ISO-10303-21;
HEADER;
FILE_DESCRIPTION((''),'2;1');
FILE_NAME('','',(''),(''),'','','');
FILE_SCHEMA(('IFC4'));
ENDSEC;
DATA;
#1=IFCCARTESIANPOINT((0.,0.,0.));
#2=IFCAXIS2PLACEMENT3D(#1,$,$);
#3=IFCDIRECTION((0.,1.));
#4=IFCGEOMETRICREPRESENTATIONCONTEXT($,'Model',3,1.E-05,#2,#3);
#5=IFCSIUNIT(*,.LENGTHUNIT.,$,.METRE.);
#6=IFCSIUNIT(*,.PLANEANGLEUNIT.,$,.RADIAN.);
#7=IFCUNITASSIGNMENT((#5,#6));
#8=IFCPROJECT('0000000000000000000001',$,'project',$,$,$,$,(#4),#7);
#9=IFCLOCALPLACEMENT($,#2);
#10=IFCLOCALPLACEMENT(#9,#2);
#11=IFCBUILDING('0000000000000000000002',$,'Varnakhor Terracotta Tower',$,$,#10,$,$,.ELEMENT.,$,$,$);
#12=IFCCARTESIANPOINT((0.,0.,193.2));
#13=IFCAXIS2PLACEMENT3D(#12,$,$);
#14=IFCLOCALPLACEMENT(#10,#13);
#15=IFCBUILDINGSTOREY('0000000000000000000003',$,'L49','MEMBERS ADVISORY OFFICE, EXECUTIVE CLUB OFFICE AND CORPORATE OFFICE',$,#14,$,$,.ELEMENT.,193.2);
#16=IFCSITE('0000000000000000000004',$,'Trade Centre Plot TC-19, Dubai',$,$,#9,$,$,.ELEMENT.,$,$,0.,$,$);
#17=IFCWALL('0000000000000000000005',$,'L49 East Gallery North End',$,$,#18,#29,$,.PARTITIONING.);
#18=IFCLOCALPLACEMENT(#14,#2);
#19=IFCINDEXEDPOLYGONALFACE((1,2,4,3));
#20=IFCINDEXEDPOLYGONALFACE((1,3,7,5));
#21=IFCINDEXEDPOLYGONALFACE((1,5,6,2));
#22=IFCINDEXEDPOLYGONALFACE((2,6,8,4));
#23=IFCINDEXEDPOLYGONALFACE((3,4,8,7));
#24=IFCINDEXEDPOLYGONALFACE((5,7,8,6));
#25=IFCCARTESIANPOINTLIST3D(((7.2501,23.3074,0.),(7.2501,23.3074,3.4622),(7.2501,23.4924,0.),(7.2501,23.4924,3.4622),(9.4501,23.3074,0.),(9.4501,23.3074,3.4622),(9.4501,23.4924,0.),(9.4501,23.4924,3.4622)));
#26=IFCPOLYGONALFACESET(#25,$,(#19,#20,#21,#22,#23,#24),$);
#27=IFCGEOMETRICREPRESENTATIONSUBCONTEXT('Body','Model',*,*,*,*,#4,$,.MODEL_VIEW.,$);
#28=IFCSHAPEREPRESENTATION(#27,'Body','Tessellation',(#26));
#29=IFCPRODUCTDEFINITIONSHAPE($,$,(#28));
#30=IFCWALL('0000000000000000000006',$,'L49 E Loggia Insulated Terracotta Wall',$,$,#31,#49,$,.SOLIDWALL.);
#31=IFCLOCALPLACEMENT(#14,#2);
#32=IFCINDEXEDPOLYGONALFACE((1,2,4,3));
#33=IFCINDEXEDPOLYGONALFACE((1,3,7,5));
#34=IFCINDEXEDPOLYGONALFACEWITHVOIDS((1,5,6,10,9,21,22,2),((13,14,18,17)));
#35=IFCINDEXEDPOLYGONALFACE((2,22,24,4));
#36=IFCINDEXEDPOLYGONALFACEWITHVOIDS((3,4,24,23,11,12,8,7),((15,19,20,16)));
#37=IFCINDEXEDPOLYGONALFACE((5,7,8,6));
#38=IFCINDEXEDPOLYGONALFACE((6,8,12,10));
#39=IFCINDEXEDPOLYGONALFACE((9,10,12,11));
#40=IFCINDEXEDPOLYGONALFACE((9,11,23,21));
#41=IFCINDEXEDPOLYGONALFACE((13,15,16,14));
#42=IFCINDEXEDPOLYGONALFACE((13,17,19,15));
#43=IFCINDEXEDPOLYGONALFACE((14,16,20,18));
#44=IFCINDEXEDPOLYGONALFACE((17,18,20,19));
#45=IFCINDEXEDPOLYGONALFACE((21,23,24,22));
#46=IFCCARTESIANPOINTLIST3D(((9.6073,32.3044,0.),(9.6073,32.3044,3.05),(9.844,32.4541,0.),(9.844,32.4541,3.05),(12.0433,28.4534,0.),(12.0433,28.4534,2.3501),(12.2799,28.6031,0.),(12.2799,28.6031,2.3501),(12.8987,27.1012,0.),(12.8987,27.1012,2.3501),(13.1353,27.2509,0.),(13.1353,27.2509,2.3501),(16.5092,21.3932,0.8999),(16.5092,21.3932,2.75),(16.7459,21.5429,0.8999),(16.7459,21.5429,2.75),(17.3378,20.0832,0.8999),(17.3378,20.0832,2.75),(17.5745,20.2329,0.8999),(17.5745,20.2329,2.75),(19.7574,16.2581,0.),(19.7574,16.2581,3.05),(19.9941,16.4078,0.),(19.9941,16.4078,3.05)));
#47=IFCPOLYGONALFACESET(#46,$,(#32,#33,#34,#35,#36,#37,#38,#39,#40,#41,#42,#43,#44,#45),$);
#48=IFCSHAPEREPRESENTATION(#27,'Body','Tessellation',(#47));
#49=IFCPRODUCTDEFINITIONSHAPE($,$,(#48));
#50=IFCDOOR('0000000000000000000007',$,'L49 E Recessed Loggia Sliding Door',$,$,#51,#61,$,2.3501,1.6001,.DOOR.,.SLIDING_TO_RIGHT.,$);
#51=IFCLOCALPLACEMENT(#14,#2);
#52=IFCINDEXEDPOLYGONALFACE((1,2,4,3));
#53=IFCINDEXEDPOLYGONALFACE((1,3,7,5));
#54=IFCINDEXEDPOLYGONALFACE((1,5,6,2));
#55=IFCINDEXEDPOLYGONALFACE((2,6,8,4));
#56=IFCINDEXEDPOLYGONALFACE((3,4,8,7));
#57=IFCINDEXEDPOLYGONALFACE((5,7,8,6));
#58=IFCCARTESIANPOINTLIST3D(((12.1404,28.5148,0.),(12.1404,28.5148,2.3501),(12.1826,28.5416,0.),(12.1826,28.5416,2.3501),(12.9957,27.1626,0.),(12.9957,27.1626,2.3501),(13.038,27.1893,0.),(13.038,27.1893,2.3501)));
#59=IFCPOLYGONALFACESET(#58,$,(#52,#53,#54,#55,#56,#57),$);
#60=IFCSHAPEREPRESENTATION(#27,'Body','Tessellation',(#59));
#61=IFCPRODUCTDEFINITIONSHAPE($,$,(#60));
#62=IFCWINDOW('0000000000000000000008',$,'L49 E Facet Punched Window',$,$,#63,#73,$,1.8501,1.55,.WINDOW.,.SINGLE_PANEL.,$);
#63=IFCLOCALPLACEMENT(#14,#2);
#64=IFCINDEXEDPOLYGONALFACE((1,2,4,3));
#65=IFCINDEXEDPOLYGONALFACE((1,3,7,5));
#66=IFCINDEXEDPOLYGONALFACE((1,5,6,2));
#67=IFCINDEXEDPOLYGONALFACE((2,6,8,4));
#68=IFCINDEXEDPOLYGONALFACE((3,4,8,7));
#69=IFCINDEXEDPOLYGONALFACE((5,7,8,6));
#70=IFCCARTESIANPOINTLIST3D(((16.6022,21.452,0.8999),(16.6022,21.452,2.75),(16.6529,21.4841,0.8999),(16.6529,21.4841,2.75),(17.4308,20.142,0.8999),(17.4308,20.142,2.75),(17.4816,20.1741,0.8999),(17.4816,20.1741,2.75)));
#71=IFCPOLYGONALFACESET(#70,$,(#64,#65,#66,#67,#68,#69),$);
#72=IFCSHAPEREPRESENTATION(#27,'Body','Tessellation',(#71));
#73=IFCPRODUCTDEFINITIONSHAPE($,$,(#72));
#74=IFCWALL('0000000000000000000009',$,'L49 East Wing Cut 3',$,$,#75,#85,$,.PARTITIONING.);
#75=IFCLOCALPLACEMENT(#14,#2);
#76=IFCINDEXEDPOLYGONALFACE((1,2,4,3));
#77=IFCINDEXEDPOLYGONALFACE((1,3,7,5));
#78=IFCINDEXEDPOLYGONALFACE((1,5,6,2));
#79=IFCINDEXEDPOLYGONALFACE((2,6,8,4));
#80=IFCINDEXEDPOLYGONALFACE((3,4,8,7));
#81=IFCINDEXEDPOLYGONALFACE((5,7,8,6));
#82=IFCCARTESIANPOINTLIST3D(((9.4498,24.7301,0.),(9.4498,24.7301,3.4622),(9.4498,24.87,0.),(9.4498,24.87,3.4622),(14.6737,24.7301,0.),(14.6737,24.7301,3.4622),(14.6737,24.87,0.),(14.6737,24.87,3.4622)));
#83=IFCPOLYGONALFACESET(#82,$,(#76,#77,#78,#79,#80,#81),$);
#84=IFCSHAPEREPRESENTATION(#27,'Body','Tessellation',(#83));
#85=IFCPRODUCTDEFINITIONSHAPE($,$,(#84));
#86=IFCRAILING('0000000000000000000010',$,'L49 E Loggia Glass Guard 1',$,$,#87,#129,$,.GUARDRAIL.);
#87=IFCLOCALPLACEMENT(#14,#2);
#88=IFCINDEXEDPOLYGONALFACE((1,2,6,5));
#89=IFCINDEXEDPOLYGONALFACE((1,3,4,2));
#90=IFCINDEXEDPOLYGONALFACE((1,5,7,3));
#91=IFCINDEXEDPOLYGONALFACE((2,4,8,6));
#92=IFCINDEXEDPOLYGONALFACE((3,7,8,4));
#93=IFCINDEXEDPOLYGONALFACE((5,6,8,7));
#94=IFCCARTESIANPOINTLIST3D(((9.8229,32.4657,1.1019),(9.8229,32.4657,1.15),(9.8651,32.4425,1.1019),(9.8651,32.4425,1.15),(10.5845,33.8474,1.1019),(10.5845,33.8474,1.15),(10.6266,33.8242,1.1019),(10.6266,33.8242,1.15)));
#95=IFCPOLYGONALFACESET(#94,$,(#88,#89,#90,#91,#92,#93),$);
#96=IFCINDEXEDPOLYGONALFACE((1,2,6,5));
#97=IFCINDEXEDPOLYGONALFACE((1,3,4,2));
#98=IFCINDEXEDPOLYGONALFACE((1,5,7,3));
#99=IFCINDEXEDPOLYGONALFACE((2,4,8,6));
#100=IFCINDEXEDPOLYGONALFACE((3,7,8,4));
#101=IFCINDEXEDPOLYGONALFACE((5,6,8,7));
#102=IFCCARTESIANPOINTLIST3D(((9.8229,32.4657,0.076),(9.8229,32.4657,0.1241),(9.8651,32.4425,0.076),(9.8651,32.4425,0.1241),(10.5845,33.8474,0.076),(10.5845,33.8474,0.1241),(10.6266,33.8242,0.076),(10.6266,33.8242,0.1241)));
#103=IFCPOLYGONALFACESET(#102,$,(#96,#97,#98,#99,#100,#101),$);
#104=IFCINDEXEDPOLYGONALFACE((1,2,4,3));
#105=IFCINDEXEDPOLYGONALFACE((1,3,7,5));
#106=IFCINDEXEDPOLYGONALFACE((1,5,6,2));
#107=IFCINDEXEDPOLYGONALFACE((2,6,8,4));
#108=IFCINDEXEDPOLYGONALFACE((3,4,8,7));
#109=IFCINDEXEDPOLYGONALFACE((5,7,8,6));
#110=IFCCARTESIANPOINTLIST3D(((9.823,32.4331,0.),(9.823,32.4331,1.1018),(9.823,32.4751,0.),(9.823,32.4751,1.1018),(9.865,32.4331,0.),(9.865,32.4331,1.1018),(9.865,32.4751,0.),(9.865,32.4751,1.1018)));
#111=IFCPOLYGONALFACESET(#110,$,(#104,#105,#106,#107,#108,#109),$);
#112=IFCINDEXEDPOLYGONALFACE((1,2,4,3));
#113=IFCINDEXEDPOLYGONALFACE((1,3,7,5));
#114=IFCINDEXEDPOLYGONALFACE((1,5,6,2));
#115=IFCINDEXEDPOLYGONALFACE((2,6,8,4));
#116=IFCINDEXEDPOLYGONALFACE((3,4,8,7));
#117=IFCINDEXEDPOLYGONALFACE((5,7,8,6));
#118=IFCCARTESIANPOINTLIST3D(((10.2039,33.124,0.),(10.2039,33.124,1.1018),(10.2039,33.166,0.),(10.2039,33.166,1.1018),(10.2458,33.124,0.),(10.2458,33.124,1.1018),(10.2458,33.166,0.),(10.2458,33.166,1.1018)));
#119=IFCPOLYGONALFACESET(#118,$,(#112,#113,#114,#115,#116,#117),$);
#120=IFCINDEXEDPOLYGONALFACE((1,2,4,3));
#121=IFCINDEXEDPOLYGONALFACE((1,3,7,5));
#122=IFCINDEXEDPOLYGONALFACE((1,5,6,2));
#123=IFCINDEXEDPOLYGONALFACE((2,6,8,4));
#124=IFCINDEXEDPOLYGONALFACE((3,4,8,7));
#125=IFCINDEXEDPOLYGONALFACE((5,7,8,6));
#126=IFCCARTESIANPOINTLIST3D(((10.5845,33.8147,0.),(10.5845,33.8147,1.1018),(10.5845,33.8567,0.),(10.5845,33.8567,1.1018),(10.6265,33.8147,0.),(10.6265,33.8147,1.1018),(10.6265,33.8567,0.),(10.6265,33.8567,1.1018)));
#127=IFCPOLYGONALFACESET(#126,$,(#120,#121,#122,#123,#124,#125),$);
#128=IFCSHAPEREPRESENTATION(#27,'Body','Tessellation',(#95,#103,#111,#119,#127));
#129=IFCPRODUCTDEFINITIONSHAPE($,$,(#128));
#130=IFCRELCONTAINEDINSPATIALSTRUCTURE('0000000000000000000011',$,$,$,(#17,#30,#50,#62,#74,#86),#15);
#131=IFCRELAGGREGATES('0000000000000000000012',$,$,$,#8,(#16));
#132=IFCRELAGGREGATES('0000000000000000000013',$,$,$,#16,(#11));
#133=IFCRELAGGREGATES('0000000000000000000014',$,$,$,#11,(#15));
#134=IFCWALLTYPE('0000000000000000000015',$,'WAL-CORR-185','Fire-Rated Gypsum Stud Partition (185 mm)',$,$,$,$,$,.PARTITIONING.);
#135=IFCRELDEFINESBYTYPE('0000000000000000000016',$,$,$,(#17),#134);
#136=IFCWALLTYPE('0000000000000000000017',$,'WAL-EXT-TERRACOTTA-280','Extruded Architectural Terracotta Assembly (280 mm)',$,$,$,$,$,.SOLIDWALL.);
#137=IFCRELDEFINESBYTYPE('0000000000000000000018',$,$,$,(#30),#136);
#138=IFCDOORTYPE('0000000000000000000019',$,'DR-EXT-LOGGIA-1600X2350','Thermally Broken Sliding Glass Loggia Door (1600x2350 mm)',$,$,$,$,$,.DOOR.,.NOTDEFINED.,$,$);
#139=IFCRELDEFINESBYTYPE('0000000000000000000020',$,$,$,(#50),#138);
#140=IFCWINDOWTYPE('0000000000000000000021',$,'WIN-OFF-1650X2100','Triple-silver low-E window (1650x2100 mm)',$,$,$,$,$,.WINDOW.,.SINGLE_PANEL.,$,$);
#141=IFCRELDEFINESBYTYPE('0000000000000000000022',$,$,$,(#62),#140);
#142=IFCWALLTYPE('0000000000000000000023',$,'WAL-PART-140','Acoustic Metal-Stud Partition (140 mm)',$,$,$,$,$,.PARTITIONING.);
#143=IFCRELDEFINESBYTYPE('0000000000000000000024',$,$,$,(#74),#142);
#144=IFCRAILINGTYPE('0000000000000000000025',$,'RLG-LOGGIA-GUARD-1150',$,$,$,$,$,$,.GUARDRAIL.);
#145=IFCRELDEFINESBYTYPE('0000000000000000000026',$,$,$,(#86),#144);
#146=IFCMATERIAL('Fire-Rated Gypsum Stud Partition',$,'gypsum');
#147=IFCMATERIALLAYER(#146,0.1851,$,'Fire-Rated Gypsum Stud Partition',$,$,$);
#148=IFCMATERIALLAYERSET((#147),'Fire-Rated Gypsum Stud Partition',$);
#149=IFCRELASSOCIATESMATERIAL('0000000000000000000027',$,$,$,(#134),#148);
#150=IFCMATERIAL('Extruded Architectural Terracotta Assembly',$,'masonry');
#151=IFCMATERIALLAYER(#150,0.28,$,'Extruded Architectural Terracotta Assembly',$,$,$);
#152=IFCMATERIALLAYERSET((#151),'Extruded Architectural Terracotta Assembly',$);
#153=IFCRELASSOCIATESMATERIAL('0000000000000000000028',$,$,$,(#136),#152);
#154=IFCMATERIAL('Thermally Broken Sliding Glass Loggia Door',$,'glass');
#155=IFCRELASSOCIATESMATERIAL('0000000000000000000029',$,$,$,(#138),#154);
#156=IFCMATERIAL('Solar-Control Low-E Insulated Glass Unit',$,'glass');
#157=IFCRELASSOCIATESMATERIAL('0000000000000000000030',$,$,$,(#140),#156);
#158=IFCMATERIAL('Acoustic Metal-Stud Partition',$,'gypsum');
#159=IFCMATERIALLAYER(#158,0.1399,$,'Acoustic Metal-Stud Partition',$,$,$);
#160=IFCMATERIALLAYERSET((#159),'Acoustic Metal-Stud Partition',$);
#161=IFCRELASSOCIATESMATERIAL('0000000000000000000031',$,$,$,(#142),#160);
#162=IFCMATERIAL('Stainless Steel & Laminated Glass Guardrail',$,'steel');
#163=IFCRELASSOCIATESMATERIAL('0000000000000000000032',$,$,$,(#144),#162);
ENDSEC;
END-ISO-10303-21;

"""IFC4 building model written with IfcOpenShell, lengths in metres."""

from ifc_helpers import new_model, si_unit, direction, frame, frame_2d, origin, origin_2d, place, context, subcontext, project, spatial, rectangle, extrude, source, transform, mapped, material, layer, layer_set, type_object, type_shapes, element, fill, save


model = new_model("IFC4")

# Units and contexts
model_context = context("Model", 3, precision=1e-05, world=origin(), true_north=direction((0.0, 1.0)))
body_context = subcontext(model_context, "Body", "Model", "MODEL_VIEW")
ifc_project = project(units=[si_unit("LENGTHUNIT", "METRE"), si_unit("PLANEANGLEUNIT", "RADIAN")], contexts=[model_context])

# Site, building, storey
site_placement = place(None, origin())
site = spatial("IfcSite", under=ifc_project, at=site_placement, Name="Trade Centre Plot TC-19, Dubai", CompositionType="ELEMENT", RefElevation=0.0)
building_placement = place(site_placement, origin())
building = spatial("IfcBuilding", under=site, at=building_placement, Name="Varnakhor Terracotta Tower", CompositionType="ELEMENT")
storey_placement = place(building_placement, frame((0.0, 0.0, 193.2)))
storey = spatial("IfcBuildingStorey", under=building, at=storey_placement, Name="L49", Description="MEMBERS ADVISORY OFFICE, EXECUTIVE CLUB OFFICE AND CORPORATE OFFICE", CompositionType="ELEMENT", Elevation=193.2)

# Wall
ifc_material_1 = material(Name="Fire-Rated Gypsum Stud Partition", Category="gypsum")
ifc_layer_1 = layer(ifc_material_1, 0.1851, Name="Fire-Rated Gypsum Stud Partition")
ifc_layer_set_1 = layer_set([ifc_layer_1], Name="Fire-Rated Gypsum Stud Partition")
wall_type_1 = type_object("IfcWallType", Name="WAL-CORR-185", Description="Fire-Rated Gypsum Stud Partition (185 mm)", PredefinedType="PARTITIONING", material=ifc_layer_set_1)
wall_1_placement = place(storey_placement, frame((7.25, 23.3999, 0.0), z_axis=(0.0, 0.0, 1.0), x_axis=(1.0, 0.0, 0.0)))
element("IfcWall", 1, at=wall_1_placement, inside=storey, type_object=wall_type_1, Name="L49 East Gallery North End", PredefinedType="PARTITIONING", context=body_context, shape_type="SweptSolid", body=[
    extrude(rectangle(XDim=2.2, YDim=0.1851, at=frame_2d((1.1001, 0.0))), origin(), (0.0, 0.0, 1.0), 3.4622),
])

# Wall, openings, door, window
ifc_material_2 = material(Name="Extruded Architectural Terracotta Assembly", Category="masonry")
ifc_layer_2 = layer(ifc_material_2, 0.28, Name="Extruded Architectural Terracotta Assembly")
ifc_layer_set_2 = layer_set([ifc_layer_2], Name="Extruded Architectural Terracotta Assembly")
wall_type_2 = type_object("IfcWallType", Name="WAL-EXT-TERRACOTTA-280", Description="Extruded Architectural Terracotta Assembly (280 mm)", PredefinedType="SOLIDWALL", material=ifc_layer_set_2)
wall_2_placement = place(storey_placement, frame((9.7256, 32.3794, 0.0), z_axis=(0.0, 0.0, 1.0), x_axis=(0.53458, -0.845118, 0.0)))
wall_2 = element("IfcWall", 2, at=wall_2_placement, inside=storey, type_object=wall_type_2, Name="L49 E Loggia Insulated Terracotta Wall", PredefinedType="SOLIDWALL", context=body_context, shape_type="SweptSolid", body=[
    extrude(rectangle(XDim=18.9871, YDim=0.28, at=frame_2d((9.4937, 0.0))), origin(), (0.0, 0.0, 1.0), 3.05),
])
opening_1_placement = place(wall_2_placement, frame((4.5569, 0.0, 0.0)))
opening_1 = element("IfcOpeningElement", 3, at=opening_1_placement, cuts=wall_2, PredefinedType="OPENING", context=body_context, shape_type="SweptSolid", body=[
    extrude(rectangle(XDim=1.6001, YDim=2.3501, at=frame_2d((0.8, 1.175))), frame((0.0, 0.1499, 0.0), z_axis=(0.0, -1.0, 0.0), x_axis=(1.0, 0.0, 0.0)), (0.0, 0.0, 1.0), 0.3),
])
opening_2_placement = place(wall_2_placement, frame((12.9111, 0.0, 0.8999)))
opening_2 = element("IfcOpeningElement", 4, at=opening_2_placement, cuts=wall_2, PredefinedType="OPENING", context=body_context, shape_type="SweptSolid", body=[
    extrude(rectangle(XDim=1.55, YDim=1.8501, at=frame_2d((0.7749, 0.925))), frame((0.0, 0.1499, 0.0), z_axis=(0.0, -1.0, 0.0), x_axis=(1.0, 0.0, 0.0)), (0.0, 0.0, 1.0), 0.3),
])
ifc_material_3 = material(Name="Thermally Broken Sliding Glass Loggia Door", Category="glass")
door_type = type_object("IfcDoorType", Name="DR-EXT-LOGGIA-1600X2350", Description="Thermally Broken Sliding Glass Loggia Door (1600x2350 mm)", OperationType="NOTDEFINED", PredefinedType="DOOR", material=ifc_material_3)
shared_shape_1 = source(origin(), body_context, "Body", "SweptSolid", [
    extrude(rectangle(XDim=1.6001, YDim=2.3501, at=frame_2d((0.8, 1.175))), frame((0.0, 0.0249, 0.0), z_axis=(0.0, -1.0, 0.0), x_axis=(1.0, 0.0, 0.0)), (0.0, 0.0, 1.0), 0.05),
])
type_shapes(door_type, [shared_shape_1])
door_placement = place(opening_1_placement, origin())
door = element("IfcDoor", 5, at=door_placement, inside=storey, type_object=door_type, Name="L49 E Recessed Loggia Sliding Door", OperationType="SLIDING_TO_RIGHT", OverallHeight=2.3501, OverallWidth=1.6001, PredefinedType="DOOR", context=body_context, shape_type="MappedRepresentation", body=[
    mapped(shared_shape_1, transform((0.0, 0.0, 0.0), scale=1.0)),
])
fill(opening_1, door)
ifc_material_4 = material(Name="Solar-Control Low-E Insulated Glass Unit", Category="glass")
window_type = type_object("IfcWindowType", Name="WIN-OFF-1650X2100", Description="Triple-silver low-E window (1650x2100 mm)", PartitioningType="SINGLE_PANEL", PredefinedType="WINDOW", material=ifc_material_4)
shared_shape_2 = source(origin(), body_context, "Body", "SweptSolid", [
    extrude(rectangle(XDim=1.55, YDim=1.8501, at=frame_2d((0.7749, 0.925))), frame((0.0, 0.03, 0.0), z_axis=(0.0, -1.0, 0.0), x_axis=(1.0, 0.0, 0.0)), (0.0, 0.0, 1.0), 0.0601),
])
type_shapes(window_type, [shared_shape_2])
window_placement = place(opening_2_placement, origin())
window = element("IfcWindow", 6, at=window_placement, inside=storey, type_object=window_type, Name="L49 E Facet Punched Window", OverallHeight=1.8501, OverallWidth=1.55, PartitioningType="SINGLE_PANEL", PredefinedType="WINDOW", context=body_context, shape_type="MappedRepresentation", body=[
    mapped(shared_shape_2, transform((0.0, 0.0, 0.0), scale=1.0)),
])
fill(opening_2, window)

# Wall
ifc_material_5 = material(Name="Acoustic Metal-Stud Partition", Category="gypsum")
ifc_layer_3 = layer(ifc_material_5, 0.1399, Name="Acoustic Metal-Stud Partition")
ifc_layer_set_3 = layer_set([ifc_layer_3], Name="Acoustic Metal-Stud Partition")
wall_type_3 = type_object("IfcWallType", Name="WAL-PART-140", Description="Acoustic Metal-Stud Partition (140 mm)", PredefinedType="PARTITIONING", material=ifc_layer_set_3)
wall_3_placement = place(storey_placement, frame((9.45, 24.8, 0.0), z_axis=(0.0, 0.0, 1.0), x_axis=(1.0, 0.0, 0.0)))
element("IfcWall", 7, at=wall_3_placement, inside=storey, type_object=wall_type_3, Name="L49 East Wing Cut 3", PredefinedType="PARTITIONING", context=body_context, shape_type="SweptSolid", body=[
    extrude(rectangle(XDim=5.2239, YDim=0.1399, at=frame_2d((2.6118, 0.0))), origin(), (0.0, 0.0, 1.0), 3.4622),
])

# Railing
ifc_material_6 = material(Name="Stainless Steel & Laminated Glass Guardrail", Category="steel")
railing_type = type_object("IfcRailingType", Name="RLG-LOGGIA-GUARD-1150", PredefinedType="GUARDRAIL", material=ifc_material_6)
railing_1_placement = place(storey_placement, frame((9.844, 32.4541, 0.0)))
element("IfcRailing", 8, at=railing_1_placement, inside=storey, type_object=railing_type, Name="L49 E Loggia Glass Guard 1", PredefinedType="GUARDRAIL", context=body_context, shape_type="SweptSolid", body=[
    extrude(rectangle(XDim=0.0481, YDim=0.0481, at=origin_2d()), frame((0.0, 0.0, 1.126), z_axis=(0.482697, 0.875788, 0.0), x_axis=(-0.875788, 0.482697, 0.0)), (0.0, 0.0, 1.0), 1.5776),
    extrude(rectangle(XDim=0.0481, YDim=0.0481, at=origin_2d()), frame((0.0, 0.0, 0.1001), z_axis=(0.482697, 0.875788, 0.0), x_axis=(-0.875788, 0.482697, 0.0)), (0.0, 0.0, 1.0), 1.5776),
    extrude(rectangle(XDim=0.042, YDim=0.042, at=origin_2d()), origin(), (0.0, 0.0, 1.0), 1.1018),
    extrude(rectangle(XDim=0.042, YDim=0.042, at=origin_2d()), frame((0.3809, 0.6909, 0.0)), (0.0, 0.0, 1.0), 1.1018),
    extrude(rectangle(XDim=0.042, YDim=0.042, at=origin_2d()), frame((0.7615, 1.3816, 0.0)), (0.0, 0.0, 1.0), 1.1018),
])

save(model, "model.ifc")
